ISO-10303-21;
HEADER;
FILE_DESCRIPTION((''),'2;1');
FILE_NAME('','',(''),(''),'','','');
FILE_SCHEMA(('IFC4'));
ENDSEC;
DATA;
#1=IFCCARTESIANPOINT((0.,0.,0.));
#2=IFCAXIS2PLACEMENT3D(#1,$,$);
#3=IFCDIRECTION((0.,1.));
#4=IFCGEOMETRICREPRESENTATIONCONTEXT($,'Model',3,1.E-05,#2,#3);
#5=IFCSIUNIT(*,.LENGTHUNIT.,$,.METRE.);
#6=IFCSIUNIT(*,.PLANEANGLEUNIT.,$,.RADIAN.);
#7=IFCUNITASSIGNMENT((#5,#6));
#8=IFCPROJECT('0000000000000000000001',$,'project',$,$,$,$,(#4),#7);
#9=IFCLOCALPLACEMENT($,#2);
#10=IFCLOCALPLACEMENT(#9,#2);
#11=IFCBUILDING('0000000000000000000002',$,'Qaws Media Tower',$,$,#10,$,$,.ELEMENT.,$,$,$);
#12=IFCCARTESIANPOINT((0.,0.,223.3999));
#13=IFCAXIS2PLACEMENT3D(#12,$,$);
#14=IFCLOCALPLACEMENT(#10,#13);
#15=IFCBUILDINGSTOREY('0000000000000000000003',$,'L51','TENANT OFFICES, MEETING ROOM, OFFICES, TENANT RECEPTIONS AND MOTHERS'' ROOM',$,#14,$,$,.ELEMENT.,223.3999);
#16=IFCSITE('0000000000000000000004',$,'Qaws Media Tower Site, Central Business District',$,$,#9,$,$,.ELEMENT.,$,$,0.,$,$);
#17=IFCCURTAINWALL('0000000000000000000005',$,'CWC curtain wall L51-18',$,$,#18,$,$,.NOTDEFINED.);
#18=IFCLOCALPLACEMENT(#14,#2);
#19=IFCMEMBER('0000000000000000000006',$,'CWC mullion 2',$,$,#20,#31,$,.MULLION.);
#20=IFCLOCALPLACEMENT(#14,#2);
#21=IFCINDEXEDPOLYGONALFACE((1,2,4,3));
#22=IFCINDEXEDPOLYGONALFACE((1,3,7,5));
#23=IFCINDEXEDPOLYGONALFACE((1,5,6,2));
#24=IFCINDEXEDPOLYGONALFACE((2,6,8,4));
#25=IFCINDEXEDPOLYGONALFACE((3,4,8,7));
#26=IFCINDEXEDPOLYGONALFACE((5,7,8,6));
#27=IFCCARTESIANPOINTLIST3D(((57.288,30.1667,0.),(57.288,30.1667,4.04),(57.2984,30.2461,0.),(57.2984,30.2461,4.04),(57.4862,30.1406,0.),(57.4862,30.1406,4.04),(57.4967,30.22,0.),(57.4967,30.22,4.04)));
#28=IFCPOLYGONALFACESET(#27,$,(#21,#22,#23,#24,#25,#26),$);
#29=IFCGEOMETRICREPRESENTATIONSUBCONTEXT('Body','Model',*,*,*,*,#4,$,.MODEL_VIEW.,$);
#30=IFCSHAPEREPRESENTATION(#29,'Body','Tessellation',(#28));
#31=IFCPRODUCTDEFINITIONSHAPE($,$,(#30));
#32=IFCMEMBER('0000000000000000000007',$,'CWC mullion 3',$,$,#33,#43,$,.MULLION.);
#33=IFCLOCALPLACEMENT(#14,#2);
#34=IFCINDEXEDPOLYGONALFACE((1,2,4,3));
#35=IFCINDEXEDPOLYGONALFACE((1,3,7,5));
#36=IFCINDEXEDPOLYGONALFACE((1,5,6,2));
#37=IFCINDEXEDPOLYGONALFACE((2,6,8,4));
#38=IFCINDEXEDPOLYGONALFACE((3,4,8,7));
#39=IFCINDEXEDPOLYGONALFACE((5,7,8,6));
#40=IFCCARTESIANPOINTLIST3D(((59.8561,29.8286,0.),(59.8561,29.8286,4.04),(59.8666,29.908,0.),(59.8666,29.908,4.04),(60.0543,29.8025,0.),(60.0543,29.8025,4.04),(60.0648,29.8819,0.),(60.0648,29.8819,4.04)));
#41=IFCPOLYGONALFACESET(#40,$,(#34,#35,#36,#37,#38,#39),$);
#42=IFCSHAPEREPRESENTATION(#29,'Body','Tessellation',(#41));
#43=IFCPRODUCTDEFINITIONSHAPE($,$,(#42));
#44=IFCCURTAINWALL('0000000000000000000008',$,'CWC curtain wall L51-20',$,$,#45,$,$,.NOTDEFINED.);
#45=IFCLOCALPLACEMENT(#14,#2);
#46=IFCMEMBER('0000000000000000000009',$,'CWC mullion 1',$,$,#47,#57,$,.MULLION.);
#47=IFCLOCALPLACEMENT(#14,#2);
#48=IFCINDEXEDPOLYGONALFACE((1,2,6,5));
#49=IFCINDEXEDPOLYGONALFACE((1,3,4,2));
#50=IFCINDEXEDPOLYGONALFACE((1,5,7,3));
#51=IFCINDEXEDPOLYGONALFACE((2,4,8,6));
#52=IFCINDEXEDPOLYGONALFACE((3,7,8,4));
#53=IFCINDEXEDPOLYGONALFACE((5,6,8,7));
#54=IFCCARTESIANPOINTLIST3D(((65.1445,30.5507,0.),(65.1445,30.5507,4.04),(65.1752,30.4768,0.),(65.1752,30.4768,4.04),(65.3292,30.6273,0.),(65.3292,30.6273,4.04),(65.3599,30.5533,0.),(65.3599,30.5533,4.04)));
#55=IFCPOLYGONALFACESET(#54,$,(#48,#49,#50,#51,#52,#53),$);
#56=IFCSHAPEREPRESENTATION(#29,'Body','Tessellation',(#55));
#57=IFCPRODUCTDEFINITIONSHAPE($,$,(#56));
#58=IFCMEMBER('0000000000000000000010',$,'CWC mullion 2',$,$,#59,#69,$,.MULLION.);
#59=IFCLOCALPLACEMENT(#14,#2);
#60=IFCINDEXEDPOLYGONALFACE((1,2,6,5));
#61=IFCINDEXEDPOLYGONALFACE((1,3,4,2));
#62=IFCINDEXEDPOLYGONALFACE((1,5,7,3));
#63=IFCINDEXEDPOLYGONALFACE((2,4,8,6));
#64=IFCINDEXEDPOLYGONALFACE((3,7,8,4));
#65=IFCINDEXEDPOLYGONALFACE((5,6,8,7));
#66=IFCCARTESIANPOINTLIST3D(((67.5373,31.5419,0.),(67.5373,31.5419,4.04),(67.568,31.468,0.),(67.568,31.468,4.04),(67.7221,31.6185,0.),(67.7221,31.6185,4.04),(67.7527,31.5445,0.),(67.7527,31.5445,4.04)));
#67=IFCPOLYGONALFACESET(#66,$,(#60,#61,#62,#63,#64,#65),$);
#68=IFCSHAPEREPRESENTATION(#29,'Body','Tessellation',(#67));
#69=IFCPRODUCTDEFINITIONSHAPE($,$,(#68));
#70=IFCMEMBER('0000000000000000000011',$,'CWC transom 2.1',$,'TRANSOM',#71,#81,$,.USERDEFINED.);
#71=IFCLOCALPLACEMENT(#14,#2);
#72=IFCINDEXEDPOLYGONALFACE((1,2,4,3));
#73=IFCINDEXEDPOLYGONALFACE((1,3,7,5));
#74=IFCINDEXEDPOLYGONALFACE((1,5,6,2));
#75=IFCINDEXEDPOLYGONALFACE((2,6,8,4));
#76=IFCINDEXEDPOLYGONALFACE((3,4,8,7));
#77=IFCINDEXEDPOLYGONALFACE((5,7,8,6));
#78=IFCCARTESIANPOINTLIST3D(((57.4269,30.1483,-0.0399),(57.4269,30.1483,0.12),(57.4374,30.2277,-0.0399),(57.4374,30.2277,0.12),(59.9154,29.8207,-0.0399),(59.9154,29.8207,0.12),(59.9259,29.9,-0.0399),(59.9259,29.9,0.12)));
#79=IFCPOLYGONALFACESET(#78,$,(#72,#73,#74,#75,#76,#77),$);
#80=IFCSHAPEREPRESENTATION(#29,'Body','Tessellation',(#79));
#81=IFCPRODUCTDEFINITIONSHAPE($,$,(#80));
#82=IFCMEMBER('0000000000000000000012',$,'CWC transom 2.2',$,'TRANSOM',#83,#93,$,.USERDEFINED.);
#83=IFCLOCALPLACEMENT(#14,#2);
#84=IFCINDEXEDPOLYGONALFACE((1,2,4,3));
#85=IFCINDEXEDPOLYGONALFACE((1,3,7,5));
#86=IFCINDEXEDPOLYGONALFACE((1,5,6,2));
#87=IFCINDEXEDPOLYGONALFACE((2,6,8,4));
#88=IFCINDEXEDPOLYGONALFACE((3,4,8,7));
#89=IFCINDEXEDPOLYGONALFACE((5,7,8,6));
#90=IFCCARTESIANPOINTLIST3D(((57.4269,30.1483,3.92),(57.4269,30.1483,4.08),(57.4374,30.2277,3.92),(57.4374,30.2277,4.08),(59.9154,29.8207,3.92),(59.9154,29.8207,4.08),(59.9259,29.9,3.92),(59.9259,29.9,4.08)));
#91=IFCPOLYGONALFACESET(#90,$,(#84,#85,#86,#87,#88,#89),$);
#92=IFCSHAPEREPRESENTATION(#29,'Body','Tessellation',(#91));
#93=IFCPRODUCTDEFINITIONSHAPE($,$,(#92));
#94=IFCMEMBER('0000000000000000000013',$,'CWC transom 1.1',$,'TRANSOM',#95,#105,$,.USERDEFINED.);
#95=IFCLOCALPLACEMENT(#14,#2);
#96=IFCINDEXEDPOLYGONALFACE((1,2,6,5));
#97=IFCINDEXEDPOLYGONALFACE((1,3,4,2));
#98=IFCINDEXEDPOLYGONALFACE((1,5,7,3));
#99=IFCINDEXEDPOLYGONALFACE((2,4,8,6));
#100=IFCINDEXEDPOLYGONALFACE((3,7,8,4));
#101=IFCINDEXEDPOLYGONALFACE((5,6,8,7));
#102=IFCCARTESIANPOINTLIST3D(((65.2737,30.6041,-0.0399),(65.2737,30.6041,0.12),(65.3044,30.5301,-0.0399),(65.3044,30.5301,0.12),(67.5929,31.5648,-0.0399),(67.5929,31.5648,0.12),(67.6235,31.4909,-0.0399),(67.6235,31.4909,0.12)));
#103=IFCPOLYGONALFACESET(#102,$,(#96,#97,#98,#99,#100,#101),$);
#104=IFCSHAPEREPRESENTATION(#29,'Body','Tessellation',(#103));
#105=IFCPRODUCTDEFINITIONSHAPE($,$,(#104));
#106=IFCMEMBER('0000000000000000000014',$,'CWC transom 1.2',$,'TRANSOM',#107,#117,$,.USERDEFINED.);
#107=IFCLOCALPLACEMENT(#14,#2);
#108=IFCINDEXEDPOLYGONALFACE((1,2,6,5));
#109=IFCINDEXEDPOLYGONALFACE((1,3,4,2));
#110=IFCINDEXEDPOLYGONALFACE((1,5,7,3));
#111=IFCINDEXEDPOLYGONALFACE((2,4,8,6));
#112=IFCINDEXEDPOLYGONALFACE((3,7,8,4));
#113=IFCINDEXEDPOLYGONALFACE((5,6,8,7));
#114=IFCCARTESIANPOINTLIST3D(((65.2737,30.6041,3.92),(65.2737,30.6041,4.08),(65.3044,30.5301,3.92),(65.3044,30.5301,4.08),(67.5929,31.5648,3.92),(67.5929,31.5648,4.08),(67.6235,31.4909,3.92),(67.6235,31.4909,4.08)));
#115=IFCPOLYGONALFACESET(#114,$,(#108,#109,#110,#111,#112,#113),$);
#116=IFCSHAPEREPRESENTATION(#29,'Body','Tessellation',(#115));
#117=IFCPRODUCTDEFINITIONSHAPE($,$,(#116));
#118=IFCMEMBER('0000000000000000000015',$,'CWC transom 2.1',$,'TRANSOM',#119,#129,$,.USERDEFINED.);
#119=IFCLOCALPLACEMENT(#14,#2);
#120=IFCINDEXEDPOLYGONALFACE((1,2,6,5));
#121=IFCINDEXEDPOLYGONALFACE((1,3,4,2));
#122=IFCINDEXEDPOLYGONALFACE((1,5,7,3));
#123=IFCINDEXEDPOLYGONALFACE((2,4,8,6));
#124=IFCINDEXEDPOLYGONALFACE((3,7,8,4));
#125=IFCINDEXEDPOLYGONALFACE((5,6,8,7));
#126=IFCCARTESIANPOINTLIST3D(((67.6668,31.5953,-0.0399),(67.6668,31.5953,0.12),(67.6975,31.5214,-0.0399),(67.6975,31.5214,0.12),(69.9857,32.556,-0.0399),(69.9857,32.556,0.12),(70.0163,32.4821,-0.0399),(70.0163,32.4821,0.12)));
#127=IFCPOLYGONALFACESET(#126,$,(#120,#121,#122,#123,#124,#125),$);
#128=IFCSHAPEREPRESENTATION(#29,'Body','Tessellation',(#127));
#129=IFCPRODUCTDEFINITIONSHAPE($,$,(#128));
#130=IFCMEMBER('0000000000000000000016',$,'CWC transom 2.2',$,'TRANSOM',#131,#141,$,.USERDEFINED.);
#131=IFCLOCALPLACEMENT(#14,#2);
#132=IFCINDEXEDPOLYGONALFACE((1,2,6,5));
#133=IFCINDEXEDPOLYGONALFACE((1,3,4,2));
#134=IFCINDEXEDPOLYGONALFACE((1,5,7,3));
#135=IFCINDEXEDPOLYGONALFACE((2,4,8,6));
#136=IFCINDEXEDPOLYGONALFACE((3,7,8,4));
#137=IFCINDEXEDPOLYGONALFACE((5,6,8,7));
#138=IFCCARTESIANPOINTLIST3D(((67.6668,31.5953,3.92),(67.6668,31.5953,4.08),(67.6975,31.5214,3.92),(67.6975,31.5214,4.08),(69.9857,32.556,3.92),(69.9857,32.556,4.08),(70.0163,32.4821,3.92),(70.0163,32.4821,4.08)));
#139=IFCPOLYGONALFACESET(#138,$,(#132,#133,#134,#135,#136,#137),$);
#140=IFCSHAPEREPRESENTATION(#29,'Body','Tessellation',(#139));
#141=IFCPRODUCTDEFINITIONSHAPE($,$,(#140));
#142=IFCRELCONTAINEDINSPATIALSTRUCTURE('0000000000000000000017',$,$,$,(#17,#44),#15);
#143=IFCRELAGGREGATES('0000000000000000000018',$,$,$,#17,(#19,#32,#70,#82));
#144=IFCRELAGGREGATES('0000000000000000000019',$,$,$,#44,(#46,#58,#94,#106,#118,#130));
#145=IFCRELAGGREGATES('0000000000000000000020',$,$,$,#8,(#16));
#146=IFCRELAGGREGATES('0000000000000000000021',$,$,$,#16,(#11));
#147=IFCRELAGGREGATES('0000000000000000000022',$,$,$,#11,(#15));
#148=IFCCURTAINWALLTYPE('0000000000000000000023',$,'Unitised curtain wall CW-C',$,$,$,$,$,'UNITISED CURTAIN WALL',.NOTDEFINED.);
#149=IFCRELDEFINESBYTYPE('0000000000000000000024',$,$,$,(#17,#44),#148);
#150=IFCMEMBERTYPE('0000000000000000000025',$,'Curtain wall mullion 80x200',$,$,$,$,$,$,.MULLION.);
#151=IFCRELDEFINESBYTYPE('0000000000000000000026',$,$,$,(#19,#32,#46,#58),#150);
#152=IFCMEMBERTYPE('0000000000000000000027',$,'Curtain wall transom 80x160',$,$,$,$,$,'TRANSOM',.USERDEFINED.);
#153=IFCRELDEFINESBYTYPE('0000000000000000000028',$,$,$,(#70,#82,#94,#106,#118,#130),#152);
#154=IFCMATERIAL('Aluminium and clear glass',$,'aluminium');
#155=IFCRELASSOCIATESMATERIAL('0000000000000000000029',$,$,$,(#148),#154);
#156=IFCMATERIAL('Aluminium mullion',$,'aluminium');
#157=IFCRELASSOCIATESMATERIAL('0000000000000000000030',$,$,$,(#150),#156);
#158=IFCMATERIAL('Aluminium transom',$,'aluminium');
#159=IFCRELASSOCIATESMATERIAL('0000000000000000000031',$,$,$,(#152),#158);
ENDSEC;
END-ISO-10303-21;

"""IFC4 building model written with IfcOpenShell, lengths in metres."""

from ifc_helpers import new_model, si_unit, direction, frame, origin, origin_2d, place, context, subcontext, project, spatial, rectangle, extrude, material, material_profile, profile_set, type_object, element, aggregate, save


model = new_model("IFC4")

# Units and contexts
model_context = context("Model", 3, precision=1e-05, world=origin(), true_north=direction((0.0, 1.0)))
body_context = subcontext(model_context, "Body", "Model", "MODEL_VIEW")
ifc_project = project(units=[si_unit("LENGTHUNIT", "METRE"), si_unit("PLANEANGLEUNIT", "RADIAN")], contexts=[model_context])

# Site, building, storey
site_placement = place(None, origin())
site = spatial("IfcSite", under=ifc_project, at=site_placement, Name="Qaws Media Tower Site, Central Business District", CompositionType="ELEMENT", RefElevation=0.0)
building_placement = place(site_placement, origin())
building = spatial("IfcBuilding", under=site, at=building_placement, Name="Qaws Media Tower", CompositionType="ELEMENT")
storey_placement = place(building_placement, frame((0.0, 0.0, 223.3999)))
storey = spatial("IfcBuildingStorey", under=building, at=storey_placement, Name="L51", Description="TENANT OFFICES, MEETING ROOM, OFFICES, TENANT RECEPTIONS AND MOTHERS' ROOM", CompositionType="ELEMENT", Elevation=223.3999)

# Curtain walls, members
ifc_material_1 = material(Name="Aluminium and clear glass", Category="aluminium")
curtain_wall_type = type_object("IfcCurtainWallType", Name="Unitised curtain wall CW-C", ElementType="UNITISED CURTAIN WALL", PredefinedType="NOTDEFINED", material=ifc_material_1)
curtain_wall_1_placement = place(storey_placement, origin())
curtain_wall_1 = element("IfcCurtainWall", 1, at=curtain_wall_1_placement, inside=storey, type_object=curtain_wall_type, Name="CWC curtain wall L51-18", PredefinedType="NOTDEFINED")
ifc_material_2 = material(Name="Aluminium mullion", Category="aluminium")
ifc_material_profile_1 = material_profile(ifc_material_2, rectangle(XDim=0.0801, YDim=0.2, at=origin_2d()), Name="80x200")
ifc_profile_set_1 = profile_set([ifc_material_profile_1], Name="Aluminium mullion")
member_type_1 = type_object("IfcMemberType", Name="Curtain wall mullion 80x200", PredefinedType="MULLION", material=ifc_profile_set_1)
member_1_placement = place(storey_placement, frame((57.3923, 30.1934, 0.0), z_axis=(0.0, 0.0, 1.0), x_axis=(0.130526, 0.991445, 0.0)))
member_1 = element("IfcMember", 2, at=member_1_placement, type_object=member_type_1, Name="CWC mullion 2", PredefinedType="MULLION", context=body_context, shape_type="SweptSolid", body=[
    extrude(rectangle(XDim=0.0801, YDim=0.2, at=origin_2d()), origin(), (0.0, 0.0, 1.0), 4.04),
])
member_2_placement = place(storey_placement, frame((59.9604, 29.8552, 0.0), z_axis=(0.0, 0.0, 1.0), x_axis=(0.130526, 0.991445, 0.0)))
member_2 = element("IfcMember", 3, at=member_2_placement, type_object=member_type_1, Name="CWC mullion 3", PredefinedType="MULLION", context=body_context, shape_type="SweptSolid", body=[
    extrude(rectangle(XDim=0.0801, YDim=0.2, at=origin_2d()), origin(), (0.0, 0.0, 1.0), 4.04),
])
curtain_wall_2_placement = place(storey_placement, origin())
curtain_wall_2 = element("IfcCurtainWall", 4, at=curtain_wall_2_placement, inside=storey, type_object=curtain_wall_type, Name="CWC curtain wall L51-20", PredefinedType="NOTDEFINED")
member_3_placement = place(storey_placement, frame((65.2522, 30.552, 0.0), z_axis=(0.0, 0.0, 1.0), x_axis=(-0.382683, 0.92388, 0.0)))
member_3 = element("IfcMember", 5, at=member_3_placement, type_object=member_type_1, Name="CWC mullion 1", PredefinedType="MULLION", context=body_context, shape_type="SweptSolid", body=[
    extrude(rectangle(XDim=0.0801, YDim=0.2, at=origin_2d()), origin(), (0.0, 0.0, 1.0), 4.04),
])
member_4_placement = place(storey_placement, frame((67.645, 31.5432, 0.0), z_axis=(0.0, 0.0, 1.0), x_axis=(-0.382683, 0.92388, 0.0)))
member_4 = element("IfcMember", 6, at=member_4_placement, type_object=member_type_1, Name="CWC mullion 2", PredefinedType="MULLION", context=body_context, shape_type="SweptSolid", body=[
    extrude(rectangle(XDim=0.0801, YDim=0.2, at=origin_2d()), origin(), (0.0, 0.0, 1.0), 4.04),
])

# Members
ifc_material_3 = material(Name="Aluminium transom", Category="aluminium")
ifc_material_profile_2 = material_profile(ifc_material_3, rectangle(XDim=0.0801, YDim=0.1599, at=origin_2d()), Name="80x160")
ifc_profile_set_2 = profile_set([ifc_material_profile_2], Name="Aluminium transom")
member_type_2 = type_object("IfcMemberType", Name="Curtain wall transom 80x160", ElementType="TRANSOM", PredefinedType="USERDEFINED", material=ifc_profile_set_2)
member_5_placement = place(storey_placement, frame((57.4321, 30.188, 0.04), z_axis=(0.991444, -0.130533, 0.0), x_axis=(0.130533, 0.991444, 0.0)))
member_5 = element("IfcMember", 7, at=member_5_placement, type_object=member_type_2, Name="CWC transom 2.1", ObjectType="TRANSOM", PredefinedType="USERDEFINED", context=body_context, shape_type="SweptSolid", body=[
    extrude(rectangle(XDim=0.0801, YDim=0.1599, at=origin_2d()), origin(), (0.0, 0.0, 1.0), 2.51),
])
member_6_placement = place(storey_placement, frame((57.4321, 30.188, 4.0), z_axis=(0.991444, -0.130533, 0.0), x_axis=(0.130533, 0.991444, 0.0)))
member_6 = element("IfcMember", 8, at=member_6_placement, type_object=member_type_2, Name="CWC transom 2.2", ObjectType="TRANSOM", PredefinedType="USERDEFINED", context=body_context, shape_type="SweptSolid", body=[
    extrude(rectangle(XDim=0.0801, YDim=0.1599, at=origin_2d()), origin(), (0.0, 0.0, 1.0), 2.51),
])
member_7_placement = place(storey_placement, frame((65.2891, 30.5671, 0.04), z_axis=(0.923866, 0.382715, 0.0), x_axis=(-0.382715, 0.923866, 0.0)))
member_7 = element("IfcMember", 9, at=member_7_placement, type_object=member_type_2, Name="CWC transom 1.1", ObjectType="TRANSOM", PredefinedType="USERDEFINED", context=body_context, shape_type="SweptSolid", body=[
    extrude(rectangle(XDim=0.0801, YDim=0.1599, at=origin_2d()), origin(), (0.0, 0.0, 1.0), 2.5103),
])
member_8_placement = place(storey_placement, frame((65.2891, 30.5671, 4.0), z_axis=(0.923866, 0.382715, 0.0), x_axis=(-0.382715, 0.923866, 0.0)))
member_8 = element("IfcMember", 10, at=member_8_placement, type_object=member_type_2, Name="CWC transom 1.2", ObjectType="TRANSOM", PredefinedType="USERDEFINED", context=body_context, shape_type="SweptSolid", body=[
    extrude(rectangle(XDim=0.0801, YDim=0.1599, at=origin_2d()), origin(), (0.0, 0.0, 1.0), 2.5103),
])
member_9_placement = place(storey_placement, frame((67.6821, 31.5583, 0.04), z_axis=(0.923852, 0.38275, 0.0), x_axis=(-0.38275, 0.923852, 0.0)))
member_9 = element("IfcMember", 11, at=member_9_placement, type_object=member_type_2, Name="CWC transom 2.1", ObjectType="TRANSOM", PredefinedType="USERDEFINED", context=body_context, shape_type="SweptSolid", body=[
    extrude(rectangle(XDim=0.0801, YDim=0.1599, at=origin_2d()), origin(), (0.0, 0.0, 1.0), 2.51),
])
member_10_placement = place(storey_placement, frame((67.6821, 31.5583, 4.0), z_axis=(0.923852, 0.38275, 0.0), x_axis=(-0.38275, 0.923852, 0.0)))
member_10 = element("IfcMember", 12, at=member_10_placement, type_object=member_type_2, Name="CWC transom 2.2", ObjectType="TRANSOM", PredefinedType="USERDEFINED", context=body_context, shape_type="SweptSolid", body=[
    extrude(rectangle(XDim=0.0801, YDim=0.1599, at=origin_2d()), origin(), (0.0, 0.0, 1.0), 2.51),
])

aggregate(curtain_wall_1, [member_1, member_2, member_5, member_6])
aggregate(curtain_wall_2, [member_3, member_4, member_7, member_8, member_9, member_10])

save(model, "model.ifc")
